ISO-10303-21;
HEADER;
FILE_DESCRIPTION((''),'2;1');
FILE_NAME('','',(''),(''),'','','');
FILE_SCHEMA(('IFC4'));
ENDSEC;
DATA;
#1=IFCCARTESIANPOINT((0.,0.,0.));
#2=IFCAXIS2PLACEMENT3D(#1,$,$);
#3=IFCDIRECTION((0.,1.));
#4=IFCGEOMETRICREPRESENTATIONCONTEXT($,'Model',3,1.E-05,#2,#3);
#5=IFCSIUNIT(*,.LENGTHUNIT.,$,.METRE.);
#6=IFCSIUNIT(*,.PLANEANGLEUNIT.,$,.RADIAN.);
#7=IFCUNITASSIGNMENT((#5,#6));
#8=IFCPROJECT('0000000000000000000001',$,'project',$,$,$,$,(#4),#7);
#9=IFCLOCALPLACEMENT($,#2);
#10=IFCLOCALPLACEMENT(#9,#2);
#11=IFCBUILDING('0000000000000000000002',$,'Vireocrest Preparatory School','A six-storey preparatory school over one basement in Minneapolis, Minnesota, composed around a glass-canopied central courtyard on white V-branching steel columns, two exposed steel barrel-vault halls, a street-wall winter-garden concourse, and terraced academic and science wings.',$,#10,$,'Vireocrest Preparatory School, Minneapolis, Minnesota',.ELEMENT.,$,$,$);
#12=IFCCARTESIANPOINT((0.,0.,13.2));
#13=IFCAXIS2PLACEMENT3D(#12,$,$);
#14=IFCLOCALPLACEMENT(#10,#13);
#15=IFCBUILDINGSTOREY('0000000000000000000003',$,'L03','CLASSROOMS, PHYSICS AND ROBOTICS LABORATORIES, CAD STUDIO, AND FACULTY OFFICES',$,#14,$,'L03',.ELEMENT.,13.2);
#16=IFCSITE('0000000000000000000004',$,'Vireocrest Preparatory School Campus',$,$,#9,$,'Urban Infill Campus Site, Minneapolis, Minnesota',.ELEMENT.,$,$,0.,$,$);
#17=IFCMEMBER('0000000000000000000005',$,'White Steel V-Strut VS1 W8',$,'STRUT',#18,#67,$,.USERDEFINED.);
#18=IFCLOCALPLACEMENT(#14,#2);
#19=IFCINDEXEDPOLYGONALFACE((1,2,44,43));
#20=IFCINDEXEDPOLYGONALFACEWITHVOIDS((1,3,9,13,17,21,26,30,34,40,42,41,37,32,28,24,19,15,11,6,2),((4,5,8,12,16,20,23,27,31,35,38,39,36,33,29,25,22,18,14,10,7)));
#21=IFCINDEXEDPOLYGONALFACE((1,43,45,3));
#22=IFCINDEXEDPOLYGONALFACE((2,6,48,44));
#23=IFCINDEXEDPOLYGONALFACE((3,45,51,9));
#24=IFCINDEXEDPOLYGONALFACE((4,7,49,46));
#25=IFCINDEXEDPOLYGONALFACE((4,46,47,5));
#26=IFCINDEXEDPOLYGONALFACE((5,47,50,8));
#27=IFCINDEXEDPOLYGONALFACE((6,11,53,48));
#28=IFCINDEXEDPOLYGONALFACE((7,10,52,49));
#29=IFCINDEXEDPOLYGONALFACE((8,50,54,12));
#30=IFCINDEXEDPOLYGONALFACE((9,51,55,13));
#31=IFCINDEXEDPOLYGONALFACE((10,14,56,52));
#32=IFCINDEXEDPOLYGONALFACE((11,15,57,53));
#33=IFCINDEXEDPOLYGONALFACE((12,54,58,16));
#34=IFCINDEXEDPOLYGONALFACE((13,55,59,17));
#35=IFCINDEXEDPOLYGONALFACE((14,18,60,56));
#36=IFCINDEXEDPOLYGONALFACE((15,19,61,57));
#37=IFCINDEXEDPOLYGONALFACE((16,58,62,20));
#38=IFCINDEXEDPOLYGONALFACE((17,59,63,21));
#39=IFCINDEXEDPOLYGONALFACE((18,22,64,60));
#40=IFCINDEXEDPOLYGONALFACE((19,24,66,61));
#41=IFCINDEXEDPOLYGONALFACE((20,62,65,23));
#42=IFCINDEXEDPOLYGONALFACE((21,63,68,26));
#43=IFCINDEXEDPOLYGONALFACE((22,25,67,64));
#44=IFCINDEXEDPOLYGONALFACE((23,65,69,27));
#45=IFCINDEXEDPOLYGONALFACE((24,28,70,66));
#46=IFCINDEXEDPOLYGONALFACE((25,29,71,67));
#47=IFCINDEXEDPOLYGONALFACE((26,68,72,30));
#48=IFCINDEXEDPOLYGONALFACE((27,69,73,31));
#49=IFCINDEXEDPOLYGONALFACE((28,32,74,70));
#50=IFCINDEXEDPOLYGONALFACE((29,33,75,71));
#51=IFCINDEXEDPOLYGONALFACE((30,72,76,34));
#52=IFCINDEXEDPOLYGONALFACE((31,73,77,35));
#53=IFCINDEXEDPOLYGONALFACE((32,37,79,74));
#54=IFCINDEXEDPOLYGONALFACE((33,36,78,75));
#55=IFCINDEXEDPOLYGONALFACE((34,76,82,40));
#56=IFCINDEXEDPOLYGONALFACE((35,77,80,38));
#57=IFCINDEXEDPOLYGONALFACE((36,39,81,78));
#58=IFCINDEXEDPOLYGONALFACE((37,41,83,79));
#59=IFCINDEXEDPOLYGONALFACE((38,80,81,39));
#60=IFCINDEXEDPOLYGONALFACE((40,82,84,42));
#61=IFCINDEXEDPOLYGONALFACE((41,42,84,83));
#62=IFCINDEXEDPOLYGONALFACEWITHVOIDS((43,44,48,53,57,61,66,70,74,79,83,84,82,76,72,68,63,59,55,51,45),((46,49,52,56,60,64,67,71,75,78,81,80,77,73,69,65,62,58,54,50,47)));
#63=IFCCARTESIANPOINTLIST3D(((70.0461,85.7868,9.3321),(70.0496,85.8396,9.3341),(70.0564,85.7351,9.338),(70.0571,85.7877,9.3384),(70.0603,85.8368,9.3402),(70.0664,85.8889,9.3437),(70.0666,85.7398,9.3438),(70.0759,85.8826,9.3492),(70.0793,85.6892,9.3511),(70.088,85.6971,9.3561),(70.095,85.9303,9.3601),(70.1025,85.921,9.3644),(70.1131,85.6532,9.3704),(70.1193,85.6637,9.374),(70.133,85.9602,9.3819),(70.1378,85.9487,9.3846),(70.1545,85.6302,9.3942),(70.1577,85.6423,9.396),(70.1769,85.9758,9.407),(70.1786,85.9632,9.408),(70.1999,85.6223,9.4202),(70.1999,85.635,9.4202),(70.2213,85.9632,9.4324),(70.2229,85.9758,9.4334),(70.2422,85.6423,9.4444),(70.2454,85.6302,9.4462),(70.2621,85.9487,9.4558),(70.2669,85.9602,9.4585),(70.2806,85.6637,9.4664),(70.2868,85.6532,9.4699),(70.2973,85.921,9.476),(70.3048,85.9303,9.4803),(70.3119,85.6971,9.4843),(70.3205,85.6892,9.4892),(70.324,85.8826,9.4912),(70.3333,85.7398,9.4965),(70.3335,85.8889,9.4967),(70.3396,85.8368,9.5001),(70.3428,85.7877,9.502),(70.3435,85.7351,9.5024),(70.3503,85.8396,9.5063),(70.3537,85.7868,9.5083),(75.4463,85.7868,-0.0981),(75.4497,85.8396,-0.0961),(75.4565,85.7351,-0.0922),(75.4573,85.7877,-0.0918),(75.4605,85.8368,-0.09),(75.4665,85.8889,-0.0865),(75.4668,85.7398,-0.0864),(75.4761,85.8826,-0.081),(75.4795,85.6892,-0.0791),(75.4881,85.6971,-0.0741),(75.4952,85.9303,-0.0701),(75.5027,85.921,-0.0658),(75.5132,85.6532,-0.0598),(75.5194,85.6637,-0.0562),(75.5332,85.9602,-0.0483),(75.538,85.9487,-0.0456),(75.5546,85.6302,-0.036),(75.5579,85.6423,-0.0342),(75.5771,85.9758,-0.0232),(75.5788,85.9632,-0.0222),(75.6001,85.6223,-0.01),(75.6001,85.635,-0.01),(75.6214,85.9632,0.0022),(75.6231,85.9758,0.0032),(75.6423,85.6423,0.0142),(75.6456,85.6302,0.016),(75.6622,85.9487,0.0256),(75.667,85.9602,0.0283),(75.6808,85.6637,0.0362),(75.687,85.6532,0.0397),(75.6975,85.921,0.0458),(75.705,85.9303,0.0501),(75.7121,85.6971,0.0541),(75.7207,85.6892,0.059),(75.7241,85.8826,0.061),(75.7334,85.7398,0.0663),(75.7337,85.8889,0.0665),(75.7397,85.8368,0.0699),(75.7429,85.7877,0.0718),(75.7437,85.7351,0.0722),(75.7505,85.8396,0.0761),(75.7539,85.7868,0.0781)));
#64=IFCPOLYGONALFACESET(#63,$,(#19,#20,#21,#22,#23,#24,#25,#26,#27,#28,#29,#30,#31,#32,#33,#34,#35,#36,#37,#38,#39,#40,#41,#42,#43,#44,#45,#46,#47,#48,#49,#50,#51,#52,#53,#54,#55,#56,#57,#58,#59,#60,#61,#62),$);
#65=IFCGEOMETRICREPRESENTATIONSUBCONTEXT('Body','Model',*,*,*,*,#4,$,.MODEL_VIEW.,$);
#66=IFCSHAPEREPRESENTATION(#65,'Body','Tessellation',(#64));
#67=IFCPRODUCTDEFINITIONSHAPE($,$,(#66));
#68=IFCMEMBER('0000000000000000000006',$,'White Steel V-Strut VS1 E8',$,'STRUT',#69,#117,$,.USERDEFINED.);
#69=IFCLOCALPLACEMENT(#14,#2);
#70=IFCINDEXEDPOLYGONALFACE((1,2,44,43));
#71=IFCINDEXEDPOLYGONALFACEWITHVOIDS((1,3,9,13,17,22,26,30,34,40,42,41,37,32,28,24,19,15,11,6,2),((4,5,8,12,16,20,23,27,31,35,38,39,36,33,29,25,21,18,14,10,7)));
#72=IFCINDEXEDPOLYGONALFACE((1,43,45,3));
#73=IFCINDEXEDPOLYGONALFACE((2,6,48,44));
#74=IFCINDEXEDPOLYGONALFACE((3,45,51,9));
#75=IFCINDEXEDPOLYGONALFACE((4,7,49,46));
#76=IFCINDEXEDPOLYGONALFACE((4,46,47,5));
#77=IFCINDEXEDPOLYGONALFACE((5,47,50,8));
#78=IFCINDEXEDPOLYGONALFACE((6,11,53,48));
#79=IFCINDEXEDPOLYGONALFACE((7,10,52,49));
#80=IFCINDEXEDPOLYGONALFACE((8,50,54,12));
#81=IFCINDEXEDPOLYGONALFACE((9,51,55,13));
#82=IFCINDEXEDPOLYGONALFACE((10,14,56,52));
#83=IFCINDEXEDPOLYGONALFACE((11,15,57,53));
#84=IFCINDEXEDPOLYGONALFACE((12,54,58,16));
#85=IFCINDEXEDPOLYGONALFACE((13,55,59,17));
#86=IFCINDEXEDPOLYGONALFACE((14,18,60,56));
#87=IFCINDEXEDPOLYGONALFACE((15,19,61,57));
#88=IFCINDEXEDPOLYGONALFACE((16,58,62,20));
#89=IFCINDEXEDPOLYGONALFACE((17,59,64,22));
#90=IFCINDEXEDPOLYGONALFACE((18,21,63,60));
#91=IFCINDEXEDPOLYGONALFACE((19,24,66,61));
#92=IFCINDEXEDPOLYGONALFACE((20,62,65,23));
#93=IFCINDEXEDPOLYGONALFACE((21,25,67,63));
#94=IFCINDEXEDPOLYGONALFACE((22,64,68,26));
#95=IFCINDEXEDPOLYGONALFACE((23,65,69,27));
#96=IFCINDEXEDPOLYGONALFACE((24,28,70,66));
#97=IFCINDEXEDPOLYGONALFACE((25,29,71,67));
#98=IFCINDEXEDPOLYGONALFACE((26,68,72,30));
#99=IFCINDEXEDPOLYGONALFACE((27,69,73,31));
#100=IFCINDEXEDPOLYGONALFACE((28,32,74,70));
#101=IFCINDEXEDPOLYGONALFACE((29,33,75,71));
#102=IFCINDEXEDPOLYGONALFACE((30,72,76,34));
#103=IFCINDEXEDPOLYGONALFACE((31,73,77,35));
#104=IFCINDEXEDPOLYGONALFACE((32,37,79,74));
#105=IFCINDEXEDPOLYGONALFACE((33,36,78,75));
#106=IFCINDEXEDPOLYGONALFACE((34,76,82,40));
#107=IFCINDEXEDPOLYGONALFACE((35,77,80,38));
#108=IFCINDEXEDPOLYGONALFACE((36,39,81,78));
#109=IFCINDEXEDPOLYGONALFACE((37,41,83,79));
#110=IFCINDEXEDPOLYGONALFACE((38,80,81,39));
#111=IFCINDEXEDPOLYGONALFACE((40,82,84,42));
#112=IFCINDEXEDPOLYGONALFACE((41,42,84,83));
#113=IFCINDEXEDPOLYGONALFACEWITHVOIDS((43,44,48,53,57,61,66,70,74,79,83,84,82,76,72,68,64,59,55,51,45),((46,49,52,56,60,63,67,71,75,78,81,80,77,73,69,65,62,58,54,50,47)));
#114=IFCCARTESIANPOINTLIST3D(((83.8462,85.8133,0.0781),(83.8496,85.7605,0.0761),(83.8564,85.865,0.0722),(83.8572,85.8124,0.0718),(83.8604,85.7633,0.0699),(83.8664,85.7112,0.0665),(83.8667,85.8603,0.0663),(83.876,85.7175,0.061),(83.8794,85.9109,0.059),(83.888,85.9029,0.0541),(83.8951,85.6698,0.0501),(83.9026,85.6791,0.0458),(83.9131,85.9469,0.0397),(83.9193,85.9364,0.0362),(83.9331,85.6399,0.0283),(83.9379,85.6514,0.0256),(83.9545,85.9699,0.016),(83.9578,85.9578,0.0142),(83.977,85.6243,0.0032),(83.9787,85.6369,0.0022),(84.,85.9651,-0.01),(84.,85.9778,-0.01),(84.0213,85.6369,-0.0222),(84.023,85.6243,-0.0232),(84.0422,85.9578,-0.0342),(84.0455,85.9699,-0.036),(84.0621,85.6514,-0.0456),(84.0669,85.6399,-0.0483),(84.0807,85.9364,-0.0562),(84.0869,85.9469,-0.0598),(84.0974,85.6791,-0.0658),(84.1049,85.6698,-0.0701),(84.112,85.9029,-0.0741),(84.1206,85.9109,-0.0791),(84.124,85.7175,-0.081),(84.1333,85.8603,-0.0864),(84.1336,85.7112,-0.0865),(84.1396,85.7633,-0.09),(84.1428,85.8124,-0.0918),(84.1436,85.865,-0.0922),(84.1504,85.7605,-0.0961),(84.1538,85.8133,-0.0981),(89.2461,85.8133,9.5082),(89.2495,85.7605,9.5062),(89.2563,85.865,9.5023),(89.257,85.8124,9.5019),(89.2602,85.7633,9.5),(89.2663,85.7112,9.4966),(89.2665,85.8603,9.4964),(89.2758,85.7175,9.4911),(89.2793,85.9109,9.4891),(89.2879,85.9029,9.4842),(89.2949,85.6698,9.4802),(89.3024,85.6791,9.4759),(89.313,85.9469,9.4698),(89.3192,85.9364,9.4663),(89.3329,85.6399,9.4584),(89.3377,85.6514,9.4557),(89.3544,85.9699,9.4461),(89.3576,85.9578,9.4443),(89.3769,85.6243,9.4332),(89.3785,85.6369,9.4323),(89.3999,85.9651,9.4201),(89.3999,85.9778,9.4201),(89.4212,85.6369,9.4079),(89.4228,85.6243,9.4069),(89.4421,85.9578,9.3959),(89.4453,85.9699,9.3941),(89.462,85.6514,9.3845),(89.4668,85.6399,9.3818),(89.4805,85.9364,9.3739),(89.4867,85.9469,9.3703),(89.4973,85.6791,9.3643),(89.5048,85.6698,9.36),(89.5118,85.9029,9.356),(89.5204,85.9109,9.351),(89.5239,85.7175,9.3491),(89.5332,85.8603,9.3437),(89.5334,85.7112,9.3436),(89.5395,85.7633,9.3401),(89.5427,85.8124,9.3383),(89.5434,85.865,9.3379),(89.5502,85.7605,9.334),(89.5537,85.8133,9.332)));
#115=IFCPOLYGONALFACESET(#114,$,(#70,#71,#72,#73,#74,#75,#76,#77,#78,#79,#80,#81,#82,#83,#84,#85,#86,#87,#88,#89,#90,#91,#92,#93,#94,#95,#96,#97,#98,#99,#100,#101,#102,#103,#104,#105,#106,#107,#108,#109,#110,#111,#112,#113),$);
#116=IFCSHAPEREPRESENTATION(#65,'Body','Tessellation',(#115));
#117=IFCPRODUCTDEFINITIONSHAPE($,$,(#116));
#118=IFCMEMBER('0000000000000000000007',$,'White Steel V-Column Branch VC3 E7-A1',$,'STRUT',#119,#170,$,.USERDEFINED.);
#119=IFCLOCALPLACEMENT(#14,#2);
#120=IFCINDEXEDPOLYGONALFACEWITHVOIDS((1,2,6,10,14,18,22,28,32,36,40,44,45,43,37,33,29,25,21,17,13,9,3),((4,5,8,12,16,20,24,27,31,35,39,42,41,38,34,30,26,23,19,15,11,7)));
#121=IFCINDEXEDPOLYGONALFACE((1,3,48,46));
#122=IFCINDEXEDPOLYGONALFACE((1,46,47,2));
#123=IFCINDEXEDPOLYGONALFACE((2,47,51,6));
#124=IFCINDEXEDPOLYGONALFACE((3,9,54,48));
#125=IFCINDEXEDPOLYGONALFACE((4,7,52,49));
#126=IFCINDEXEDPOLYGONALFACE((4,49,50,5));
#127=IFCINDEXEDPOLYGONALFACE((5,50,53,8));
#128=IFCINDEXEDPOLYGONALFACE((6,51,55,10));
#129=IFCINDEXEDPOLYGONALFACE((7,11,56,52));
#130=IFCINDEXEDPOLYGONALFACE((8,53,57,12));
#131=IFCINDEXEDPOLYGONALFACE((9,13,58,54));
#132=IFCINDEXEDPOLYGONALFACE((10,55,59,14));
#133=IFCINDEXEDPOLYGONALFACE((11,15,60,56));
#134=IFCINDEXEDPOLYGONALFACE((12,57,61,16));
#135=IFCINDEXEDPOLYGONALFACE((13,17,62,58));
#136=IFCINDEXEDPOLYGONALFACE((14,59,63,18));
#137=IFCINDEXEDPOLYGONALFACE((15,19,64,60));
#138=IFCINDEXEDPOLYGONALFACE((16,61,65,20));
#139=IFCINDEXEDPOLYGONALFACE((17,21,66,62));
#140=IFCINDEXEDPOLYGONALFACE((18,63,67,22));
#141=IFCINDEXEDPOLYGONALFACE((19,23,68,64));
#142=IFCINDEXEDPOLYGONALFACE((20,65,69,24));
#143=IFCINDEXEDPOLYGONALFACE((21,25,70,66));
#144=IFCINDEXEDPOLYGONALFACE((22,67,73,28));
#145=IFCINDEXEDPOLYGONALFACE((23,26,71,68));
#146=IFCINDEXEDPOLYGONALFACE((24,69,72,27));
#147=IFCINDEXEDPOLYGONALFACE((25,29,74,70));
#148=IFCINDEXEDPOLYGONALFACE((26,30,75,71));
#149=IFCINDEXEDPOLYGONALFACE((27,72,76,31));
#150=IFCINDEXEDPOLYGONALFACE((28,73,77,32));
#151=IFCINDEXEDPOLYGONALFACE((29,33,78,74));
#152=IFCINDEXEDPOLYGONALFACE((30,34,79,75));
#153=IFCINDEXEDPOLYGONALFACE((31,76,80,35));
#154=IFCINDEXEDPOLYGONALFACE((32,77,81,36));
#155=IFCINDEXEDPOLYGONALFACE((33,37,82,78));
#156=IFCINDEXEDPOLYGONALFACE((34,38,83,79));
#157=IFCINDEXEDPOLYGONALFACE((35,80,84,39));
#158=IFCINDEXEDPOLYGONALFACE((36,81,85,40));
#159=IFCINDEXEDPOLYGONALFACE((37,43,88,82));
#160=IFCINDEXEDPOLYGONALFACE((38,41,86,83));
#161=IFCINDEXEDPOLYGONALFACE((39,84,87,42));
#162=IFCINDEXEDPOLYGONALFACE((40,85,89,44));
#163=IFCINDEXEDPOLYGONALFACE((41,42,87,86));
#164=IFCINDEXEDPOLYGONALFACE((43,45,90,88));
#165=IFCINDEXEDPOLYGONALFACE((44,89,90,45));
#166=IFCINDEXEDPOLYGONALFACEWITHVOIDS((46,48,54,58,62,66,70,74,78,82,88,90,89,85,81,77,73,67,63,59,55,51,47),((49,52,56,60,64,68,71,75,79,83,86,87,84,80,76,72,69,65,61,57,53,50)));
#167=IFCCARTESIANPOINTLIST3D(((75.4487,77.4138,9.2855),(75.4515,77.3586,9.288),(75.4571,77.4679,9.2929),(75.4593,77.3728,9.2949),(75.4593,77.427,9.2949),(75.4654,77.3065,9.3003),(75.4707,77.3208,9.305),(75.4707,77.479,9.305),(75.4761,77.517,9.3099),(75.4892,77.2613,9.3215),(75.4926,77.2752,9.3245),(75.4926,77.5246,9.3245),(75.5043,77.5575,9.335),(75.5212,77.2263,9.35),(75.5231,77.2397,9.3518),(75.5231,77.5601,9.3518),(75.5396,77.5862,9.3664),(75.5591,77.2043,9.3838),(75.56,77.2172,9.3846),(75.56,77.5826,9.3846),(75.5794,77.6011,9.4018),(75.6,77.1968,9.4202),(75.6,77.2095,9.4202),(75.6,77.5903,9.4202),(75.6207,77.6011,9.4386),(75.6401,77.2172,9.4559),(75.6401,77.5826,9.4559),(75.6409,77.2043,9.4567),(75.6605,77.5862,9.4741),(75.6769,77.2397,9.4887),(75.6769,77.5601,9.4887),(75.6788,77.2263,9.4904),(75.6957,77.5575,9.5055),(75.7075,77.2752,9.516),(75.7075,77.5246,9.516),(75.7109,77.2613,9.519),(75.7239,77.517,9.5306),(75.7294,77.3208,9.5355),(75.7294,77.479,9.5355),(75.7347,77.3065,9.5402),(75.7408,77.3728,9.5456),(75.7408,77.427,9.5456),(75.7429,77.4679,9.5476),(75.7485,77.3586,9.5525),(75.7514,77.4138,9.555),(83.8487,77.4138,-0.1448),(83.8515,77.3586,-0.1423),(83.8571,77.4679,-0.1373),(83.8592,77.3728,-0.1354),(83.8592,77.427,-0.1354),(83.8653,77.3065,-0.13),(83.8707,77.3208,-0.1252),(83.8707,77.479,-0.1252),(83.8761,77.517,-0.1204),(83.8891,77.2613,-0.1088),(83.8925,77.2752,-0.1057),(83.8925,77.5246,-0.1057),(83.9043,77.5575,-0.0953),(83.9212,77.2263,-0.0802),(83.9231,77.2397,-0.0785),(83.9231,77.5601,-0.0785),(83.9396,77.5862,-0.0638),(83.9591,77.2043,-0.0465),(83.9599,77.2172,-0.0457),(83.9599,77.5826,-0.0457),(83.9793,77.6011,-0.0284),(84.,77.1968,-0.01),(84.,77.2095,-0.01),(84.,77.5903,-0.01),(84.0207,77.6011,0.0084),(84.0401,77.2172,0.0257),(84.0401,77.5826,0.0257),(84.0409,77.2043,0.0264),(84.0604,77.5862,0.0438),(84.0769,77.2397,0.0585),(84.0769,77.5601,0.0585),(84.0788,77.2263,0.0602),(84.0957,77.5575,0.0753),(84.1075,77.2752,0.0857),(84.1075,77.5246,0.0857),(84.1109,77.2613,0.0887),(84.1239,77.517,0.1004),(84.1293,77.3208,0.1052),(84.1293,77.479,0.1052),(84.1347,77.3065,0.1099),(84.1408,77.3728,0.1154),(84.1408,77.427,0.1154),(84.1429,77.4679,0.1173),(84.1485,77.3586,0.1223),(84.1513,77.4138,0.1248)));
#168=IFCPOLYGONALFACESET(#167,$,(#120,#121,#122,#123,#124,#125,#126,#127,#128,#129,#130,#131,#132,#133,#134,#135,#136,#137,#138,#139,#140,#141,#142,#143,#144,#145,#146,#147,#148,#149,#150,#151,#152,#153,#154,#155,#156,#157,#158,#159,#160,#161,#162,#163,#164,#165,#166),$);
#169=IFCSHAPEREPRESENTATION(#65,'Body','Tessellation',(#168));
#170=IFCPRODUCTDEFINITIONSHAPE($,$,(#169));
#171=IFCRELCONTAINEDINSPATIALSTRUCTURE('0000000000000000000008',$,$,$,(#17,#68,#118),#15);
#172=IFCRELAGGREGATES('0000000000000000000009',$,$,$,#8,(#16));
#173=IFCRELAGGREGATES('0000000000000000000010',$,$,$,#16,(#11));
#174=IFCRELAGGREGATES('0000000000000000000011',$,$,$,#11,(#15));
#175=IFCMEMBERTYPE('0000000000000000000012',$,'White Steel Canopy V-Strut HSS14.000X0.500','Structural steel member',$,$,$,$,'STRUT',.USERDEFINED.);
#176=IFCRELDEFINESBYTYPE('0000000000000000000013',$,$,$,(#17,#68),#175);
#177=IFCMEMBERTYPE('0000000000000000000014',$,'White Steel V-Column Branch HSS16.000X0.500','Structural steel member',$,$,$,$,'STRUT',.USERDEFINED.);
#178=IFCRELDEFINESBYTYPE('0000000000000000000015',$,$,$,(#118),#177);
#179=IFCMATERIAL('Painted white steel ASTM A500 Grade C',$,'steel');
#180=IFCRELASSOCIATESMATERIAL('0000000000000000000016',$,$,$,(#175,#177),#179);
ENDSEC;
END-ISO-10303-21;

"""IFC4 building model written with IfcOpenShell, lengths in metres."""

from ifc_helpers import new_model, si_unit, direction, frame, origin, origin_2d, place, context, subcontext, project, spatial, hollow_circle, extrude, material, material_profile, profile_set, type_object, element, save


model = new_model("IFC4")

# Units and contexts
model_context = context("Model", 3, precision=1e-05, world=origin(), true_north=direction((0.0, 1.0)))
body_context = subcontext(model_context, "Body", "Model", "MODEL_VIEW")
ifc_project = project(units=[si_unit("LENGTHUNIT", "METRE"), si_unit("PLANEANGLEUNIT", "RADIAN")], contexts=[model_context])

# Site, building, storey
site_placement = place(None, origin())
site = spatial("IfcSite", under=ifc_project, at=site_placement, Name="Vireocrest Preparatory School Campus", LongName="Urban Infill Campus Site, Minneapolis, Minnesota", CompositionType="ELEMENT", RefElevation=0.0)
building_placement = place(site_placement, origin())
building = spatial("IfcBuilding", under=site, at=building_placement, Name="Vireocrest Preparatory School", Description="A six-storey preparatory school over one basement in Minneapolis, Minnesota, composed around a glass-canopied central courtyard on white V-branching steel columns, two exposed steel barrel-vault halls, a street-wall winter-garden concourse, and terraced academic and science wings.", LongName="Vireocrest Preparatory School, Minneapolis, Minnesota", CompositionType="ELEMENT")
storey_placement = place(building_placement, frame((0.0, 0.0, 13.2)))
storey = spatial("IfcBuildingStorey", under=building, at=storey_placement, Name="L03", Description="CLASSROOMS, PHYSICS AND ROBOTICS LABORATORIES, CAD STUDIO, AND FACULTY OFFICES", LongName="L03", CompositionType="ELEMENT", Elevation=13.2)

# Members
ifc_material_1 = material(Name="Painted white steel ASTM A500 Grade C", Category="steel")
ifc_material_profile_1 = material_profile(ifc_material_1, hollow_circle(Radius=0.1777, WallThickness=0.0127, at=origin_2d()), Name="HSS14.000X0.500")
ifc_profile_set_1 = profile_set([ifc_material_profile_1], Name="Painted white steel ASTM A500 Grade C")
member_type_1 = type_object("IfcMemberType", Name="White Steel Canopy V-Strut HSS14.000X0.500", Description="Structural steel member", ElementType="STRUT", PredefinedType="USERDEFINED", material=ifc_profile_set_1)
member_1_placement = place(storey_placement, frame((75.6001, 85.8, -0.01), z_axis=(-0.496935, 0.0, 0.867788), x_axis=(0.0, -1.0, 0.0)))
element("IfcMember", 1, at=member_1_placement, inside=storey, type_object=member_type_1, Name="White Steel V-Strut VS1 W8", ObjectType="STRUT", PredefinedType="USERDEFINED", context=body_context, shape_type="SweptSolid", body=[
    extrude(hollow_circle(Radius=0.1777, WallThickness=0.0127, at=origin_2d()), origin(), (0.0, 0.0, 1.0), 10.8669),
])
member_2_placement = place(storey_placement, frame((84.0, 85.8, -0.01), z_axis=(0.496918, 0.0, 0.867798), x_axis=(0.0, 1.0, 0.0)))
element("IfcMember", 2, at=member_2_placement, inside=storey, type_object=member_type_1, Name="White Steel V-Strut VS1 E8", ObjectType="STRUT", PredefinedType="USERDEFINED", context=body_context, shape_type="SweptSolid", body=[
    extrude(hollow_circle(Radius=0.1777, WallThickness=0.0127, at=origin_2d()), origin(), (0.0, 0.0, 1.0), 10.8667),
])
ifc_material_profile_2 = material_profile(ifc_material_1, hollow_circle(Radius=0.2031, WallThickness=0.0127, at=origin_2d()), Name="HSS16.000X0.500")
ifc_profile_set_2 = profile_set([ifc_material_profile_2], Name="Painted white steel ASTM A500 Grade C")
member_type_2 = type_object("IfcMemberType", Name="White Steel V-Column Branch HSS16.000X0.500", Description="Structural steel member", ElementType="STRUT", PredefinedType="USERDEFINED", material=ifc_profile_set_2)
for number, where, z_axis, x_axis, name in (
    (3, (84.0, 77.3999, -0.01), (-0.665139, 0.0, 0.74672), (0.0, -1.0, 0.0), "White Steel V-Column Branch VC3 E7-A1"),
):
    element("IfcMember", number, at=place(storey_placement, frame(where, z_axis=z_axis, x_axis=x_axis)), inside=storey, type_object=member_type_2, Name=name, ObjectType="STRUT", PredefinedType="USERDEFINED", context=body_context, shape_type="SweptSolid", body=[
        extrude(hollow_circle(Radius=0.2031, WallThickness=0.0127, at=origin_2d()), origin(), (0.0, 0.0, 1.0), 12.6289),
    ])

save(model, "model.ifc")
